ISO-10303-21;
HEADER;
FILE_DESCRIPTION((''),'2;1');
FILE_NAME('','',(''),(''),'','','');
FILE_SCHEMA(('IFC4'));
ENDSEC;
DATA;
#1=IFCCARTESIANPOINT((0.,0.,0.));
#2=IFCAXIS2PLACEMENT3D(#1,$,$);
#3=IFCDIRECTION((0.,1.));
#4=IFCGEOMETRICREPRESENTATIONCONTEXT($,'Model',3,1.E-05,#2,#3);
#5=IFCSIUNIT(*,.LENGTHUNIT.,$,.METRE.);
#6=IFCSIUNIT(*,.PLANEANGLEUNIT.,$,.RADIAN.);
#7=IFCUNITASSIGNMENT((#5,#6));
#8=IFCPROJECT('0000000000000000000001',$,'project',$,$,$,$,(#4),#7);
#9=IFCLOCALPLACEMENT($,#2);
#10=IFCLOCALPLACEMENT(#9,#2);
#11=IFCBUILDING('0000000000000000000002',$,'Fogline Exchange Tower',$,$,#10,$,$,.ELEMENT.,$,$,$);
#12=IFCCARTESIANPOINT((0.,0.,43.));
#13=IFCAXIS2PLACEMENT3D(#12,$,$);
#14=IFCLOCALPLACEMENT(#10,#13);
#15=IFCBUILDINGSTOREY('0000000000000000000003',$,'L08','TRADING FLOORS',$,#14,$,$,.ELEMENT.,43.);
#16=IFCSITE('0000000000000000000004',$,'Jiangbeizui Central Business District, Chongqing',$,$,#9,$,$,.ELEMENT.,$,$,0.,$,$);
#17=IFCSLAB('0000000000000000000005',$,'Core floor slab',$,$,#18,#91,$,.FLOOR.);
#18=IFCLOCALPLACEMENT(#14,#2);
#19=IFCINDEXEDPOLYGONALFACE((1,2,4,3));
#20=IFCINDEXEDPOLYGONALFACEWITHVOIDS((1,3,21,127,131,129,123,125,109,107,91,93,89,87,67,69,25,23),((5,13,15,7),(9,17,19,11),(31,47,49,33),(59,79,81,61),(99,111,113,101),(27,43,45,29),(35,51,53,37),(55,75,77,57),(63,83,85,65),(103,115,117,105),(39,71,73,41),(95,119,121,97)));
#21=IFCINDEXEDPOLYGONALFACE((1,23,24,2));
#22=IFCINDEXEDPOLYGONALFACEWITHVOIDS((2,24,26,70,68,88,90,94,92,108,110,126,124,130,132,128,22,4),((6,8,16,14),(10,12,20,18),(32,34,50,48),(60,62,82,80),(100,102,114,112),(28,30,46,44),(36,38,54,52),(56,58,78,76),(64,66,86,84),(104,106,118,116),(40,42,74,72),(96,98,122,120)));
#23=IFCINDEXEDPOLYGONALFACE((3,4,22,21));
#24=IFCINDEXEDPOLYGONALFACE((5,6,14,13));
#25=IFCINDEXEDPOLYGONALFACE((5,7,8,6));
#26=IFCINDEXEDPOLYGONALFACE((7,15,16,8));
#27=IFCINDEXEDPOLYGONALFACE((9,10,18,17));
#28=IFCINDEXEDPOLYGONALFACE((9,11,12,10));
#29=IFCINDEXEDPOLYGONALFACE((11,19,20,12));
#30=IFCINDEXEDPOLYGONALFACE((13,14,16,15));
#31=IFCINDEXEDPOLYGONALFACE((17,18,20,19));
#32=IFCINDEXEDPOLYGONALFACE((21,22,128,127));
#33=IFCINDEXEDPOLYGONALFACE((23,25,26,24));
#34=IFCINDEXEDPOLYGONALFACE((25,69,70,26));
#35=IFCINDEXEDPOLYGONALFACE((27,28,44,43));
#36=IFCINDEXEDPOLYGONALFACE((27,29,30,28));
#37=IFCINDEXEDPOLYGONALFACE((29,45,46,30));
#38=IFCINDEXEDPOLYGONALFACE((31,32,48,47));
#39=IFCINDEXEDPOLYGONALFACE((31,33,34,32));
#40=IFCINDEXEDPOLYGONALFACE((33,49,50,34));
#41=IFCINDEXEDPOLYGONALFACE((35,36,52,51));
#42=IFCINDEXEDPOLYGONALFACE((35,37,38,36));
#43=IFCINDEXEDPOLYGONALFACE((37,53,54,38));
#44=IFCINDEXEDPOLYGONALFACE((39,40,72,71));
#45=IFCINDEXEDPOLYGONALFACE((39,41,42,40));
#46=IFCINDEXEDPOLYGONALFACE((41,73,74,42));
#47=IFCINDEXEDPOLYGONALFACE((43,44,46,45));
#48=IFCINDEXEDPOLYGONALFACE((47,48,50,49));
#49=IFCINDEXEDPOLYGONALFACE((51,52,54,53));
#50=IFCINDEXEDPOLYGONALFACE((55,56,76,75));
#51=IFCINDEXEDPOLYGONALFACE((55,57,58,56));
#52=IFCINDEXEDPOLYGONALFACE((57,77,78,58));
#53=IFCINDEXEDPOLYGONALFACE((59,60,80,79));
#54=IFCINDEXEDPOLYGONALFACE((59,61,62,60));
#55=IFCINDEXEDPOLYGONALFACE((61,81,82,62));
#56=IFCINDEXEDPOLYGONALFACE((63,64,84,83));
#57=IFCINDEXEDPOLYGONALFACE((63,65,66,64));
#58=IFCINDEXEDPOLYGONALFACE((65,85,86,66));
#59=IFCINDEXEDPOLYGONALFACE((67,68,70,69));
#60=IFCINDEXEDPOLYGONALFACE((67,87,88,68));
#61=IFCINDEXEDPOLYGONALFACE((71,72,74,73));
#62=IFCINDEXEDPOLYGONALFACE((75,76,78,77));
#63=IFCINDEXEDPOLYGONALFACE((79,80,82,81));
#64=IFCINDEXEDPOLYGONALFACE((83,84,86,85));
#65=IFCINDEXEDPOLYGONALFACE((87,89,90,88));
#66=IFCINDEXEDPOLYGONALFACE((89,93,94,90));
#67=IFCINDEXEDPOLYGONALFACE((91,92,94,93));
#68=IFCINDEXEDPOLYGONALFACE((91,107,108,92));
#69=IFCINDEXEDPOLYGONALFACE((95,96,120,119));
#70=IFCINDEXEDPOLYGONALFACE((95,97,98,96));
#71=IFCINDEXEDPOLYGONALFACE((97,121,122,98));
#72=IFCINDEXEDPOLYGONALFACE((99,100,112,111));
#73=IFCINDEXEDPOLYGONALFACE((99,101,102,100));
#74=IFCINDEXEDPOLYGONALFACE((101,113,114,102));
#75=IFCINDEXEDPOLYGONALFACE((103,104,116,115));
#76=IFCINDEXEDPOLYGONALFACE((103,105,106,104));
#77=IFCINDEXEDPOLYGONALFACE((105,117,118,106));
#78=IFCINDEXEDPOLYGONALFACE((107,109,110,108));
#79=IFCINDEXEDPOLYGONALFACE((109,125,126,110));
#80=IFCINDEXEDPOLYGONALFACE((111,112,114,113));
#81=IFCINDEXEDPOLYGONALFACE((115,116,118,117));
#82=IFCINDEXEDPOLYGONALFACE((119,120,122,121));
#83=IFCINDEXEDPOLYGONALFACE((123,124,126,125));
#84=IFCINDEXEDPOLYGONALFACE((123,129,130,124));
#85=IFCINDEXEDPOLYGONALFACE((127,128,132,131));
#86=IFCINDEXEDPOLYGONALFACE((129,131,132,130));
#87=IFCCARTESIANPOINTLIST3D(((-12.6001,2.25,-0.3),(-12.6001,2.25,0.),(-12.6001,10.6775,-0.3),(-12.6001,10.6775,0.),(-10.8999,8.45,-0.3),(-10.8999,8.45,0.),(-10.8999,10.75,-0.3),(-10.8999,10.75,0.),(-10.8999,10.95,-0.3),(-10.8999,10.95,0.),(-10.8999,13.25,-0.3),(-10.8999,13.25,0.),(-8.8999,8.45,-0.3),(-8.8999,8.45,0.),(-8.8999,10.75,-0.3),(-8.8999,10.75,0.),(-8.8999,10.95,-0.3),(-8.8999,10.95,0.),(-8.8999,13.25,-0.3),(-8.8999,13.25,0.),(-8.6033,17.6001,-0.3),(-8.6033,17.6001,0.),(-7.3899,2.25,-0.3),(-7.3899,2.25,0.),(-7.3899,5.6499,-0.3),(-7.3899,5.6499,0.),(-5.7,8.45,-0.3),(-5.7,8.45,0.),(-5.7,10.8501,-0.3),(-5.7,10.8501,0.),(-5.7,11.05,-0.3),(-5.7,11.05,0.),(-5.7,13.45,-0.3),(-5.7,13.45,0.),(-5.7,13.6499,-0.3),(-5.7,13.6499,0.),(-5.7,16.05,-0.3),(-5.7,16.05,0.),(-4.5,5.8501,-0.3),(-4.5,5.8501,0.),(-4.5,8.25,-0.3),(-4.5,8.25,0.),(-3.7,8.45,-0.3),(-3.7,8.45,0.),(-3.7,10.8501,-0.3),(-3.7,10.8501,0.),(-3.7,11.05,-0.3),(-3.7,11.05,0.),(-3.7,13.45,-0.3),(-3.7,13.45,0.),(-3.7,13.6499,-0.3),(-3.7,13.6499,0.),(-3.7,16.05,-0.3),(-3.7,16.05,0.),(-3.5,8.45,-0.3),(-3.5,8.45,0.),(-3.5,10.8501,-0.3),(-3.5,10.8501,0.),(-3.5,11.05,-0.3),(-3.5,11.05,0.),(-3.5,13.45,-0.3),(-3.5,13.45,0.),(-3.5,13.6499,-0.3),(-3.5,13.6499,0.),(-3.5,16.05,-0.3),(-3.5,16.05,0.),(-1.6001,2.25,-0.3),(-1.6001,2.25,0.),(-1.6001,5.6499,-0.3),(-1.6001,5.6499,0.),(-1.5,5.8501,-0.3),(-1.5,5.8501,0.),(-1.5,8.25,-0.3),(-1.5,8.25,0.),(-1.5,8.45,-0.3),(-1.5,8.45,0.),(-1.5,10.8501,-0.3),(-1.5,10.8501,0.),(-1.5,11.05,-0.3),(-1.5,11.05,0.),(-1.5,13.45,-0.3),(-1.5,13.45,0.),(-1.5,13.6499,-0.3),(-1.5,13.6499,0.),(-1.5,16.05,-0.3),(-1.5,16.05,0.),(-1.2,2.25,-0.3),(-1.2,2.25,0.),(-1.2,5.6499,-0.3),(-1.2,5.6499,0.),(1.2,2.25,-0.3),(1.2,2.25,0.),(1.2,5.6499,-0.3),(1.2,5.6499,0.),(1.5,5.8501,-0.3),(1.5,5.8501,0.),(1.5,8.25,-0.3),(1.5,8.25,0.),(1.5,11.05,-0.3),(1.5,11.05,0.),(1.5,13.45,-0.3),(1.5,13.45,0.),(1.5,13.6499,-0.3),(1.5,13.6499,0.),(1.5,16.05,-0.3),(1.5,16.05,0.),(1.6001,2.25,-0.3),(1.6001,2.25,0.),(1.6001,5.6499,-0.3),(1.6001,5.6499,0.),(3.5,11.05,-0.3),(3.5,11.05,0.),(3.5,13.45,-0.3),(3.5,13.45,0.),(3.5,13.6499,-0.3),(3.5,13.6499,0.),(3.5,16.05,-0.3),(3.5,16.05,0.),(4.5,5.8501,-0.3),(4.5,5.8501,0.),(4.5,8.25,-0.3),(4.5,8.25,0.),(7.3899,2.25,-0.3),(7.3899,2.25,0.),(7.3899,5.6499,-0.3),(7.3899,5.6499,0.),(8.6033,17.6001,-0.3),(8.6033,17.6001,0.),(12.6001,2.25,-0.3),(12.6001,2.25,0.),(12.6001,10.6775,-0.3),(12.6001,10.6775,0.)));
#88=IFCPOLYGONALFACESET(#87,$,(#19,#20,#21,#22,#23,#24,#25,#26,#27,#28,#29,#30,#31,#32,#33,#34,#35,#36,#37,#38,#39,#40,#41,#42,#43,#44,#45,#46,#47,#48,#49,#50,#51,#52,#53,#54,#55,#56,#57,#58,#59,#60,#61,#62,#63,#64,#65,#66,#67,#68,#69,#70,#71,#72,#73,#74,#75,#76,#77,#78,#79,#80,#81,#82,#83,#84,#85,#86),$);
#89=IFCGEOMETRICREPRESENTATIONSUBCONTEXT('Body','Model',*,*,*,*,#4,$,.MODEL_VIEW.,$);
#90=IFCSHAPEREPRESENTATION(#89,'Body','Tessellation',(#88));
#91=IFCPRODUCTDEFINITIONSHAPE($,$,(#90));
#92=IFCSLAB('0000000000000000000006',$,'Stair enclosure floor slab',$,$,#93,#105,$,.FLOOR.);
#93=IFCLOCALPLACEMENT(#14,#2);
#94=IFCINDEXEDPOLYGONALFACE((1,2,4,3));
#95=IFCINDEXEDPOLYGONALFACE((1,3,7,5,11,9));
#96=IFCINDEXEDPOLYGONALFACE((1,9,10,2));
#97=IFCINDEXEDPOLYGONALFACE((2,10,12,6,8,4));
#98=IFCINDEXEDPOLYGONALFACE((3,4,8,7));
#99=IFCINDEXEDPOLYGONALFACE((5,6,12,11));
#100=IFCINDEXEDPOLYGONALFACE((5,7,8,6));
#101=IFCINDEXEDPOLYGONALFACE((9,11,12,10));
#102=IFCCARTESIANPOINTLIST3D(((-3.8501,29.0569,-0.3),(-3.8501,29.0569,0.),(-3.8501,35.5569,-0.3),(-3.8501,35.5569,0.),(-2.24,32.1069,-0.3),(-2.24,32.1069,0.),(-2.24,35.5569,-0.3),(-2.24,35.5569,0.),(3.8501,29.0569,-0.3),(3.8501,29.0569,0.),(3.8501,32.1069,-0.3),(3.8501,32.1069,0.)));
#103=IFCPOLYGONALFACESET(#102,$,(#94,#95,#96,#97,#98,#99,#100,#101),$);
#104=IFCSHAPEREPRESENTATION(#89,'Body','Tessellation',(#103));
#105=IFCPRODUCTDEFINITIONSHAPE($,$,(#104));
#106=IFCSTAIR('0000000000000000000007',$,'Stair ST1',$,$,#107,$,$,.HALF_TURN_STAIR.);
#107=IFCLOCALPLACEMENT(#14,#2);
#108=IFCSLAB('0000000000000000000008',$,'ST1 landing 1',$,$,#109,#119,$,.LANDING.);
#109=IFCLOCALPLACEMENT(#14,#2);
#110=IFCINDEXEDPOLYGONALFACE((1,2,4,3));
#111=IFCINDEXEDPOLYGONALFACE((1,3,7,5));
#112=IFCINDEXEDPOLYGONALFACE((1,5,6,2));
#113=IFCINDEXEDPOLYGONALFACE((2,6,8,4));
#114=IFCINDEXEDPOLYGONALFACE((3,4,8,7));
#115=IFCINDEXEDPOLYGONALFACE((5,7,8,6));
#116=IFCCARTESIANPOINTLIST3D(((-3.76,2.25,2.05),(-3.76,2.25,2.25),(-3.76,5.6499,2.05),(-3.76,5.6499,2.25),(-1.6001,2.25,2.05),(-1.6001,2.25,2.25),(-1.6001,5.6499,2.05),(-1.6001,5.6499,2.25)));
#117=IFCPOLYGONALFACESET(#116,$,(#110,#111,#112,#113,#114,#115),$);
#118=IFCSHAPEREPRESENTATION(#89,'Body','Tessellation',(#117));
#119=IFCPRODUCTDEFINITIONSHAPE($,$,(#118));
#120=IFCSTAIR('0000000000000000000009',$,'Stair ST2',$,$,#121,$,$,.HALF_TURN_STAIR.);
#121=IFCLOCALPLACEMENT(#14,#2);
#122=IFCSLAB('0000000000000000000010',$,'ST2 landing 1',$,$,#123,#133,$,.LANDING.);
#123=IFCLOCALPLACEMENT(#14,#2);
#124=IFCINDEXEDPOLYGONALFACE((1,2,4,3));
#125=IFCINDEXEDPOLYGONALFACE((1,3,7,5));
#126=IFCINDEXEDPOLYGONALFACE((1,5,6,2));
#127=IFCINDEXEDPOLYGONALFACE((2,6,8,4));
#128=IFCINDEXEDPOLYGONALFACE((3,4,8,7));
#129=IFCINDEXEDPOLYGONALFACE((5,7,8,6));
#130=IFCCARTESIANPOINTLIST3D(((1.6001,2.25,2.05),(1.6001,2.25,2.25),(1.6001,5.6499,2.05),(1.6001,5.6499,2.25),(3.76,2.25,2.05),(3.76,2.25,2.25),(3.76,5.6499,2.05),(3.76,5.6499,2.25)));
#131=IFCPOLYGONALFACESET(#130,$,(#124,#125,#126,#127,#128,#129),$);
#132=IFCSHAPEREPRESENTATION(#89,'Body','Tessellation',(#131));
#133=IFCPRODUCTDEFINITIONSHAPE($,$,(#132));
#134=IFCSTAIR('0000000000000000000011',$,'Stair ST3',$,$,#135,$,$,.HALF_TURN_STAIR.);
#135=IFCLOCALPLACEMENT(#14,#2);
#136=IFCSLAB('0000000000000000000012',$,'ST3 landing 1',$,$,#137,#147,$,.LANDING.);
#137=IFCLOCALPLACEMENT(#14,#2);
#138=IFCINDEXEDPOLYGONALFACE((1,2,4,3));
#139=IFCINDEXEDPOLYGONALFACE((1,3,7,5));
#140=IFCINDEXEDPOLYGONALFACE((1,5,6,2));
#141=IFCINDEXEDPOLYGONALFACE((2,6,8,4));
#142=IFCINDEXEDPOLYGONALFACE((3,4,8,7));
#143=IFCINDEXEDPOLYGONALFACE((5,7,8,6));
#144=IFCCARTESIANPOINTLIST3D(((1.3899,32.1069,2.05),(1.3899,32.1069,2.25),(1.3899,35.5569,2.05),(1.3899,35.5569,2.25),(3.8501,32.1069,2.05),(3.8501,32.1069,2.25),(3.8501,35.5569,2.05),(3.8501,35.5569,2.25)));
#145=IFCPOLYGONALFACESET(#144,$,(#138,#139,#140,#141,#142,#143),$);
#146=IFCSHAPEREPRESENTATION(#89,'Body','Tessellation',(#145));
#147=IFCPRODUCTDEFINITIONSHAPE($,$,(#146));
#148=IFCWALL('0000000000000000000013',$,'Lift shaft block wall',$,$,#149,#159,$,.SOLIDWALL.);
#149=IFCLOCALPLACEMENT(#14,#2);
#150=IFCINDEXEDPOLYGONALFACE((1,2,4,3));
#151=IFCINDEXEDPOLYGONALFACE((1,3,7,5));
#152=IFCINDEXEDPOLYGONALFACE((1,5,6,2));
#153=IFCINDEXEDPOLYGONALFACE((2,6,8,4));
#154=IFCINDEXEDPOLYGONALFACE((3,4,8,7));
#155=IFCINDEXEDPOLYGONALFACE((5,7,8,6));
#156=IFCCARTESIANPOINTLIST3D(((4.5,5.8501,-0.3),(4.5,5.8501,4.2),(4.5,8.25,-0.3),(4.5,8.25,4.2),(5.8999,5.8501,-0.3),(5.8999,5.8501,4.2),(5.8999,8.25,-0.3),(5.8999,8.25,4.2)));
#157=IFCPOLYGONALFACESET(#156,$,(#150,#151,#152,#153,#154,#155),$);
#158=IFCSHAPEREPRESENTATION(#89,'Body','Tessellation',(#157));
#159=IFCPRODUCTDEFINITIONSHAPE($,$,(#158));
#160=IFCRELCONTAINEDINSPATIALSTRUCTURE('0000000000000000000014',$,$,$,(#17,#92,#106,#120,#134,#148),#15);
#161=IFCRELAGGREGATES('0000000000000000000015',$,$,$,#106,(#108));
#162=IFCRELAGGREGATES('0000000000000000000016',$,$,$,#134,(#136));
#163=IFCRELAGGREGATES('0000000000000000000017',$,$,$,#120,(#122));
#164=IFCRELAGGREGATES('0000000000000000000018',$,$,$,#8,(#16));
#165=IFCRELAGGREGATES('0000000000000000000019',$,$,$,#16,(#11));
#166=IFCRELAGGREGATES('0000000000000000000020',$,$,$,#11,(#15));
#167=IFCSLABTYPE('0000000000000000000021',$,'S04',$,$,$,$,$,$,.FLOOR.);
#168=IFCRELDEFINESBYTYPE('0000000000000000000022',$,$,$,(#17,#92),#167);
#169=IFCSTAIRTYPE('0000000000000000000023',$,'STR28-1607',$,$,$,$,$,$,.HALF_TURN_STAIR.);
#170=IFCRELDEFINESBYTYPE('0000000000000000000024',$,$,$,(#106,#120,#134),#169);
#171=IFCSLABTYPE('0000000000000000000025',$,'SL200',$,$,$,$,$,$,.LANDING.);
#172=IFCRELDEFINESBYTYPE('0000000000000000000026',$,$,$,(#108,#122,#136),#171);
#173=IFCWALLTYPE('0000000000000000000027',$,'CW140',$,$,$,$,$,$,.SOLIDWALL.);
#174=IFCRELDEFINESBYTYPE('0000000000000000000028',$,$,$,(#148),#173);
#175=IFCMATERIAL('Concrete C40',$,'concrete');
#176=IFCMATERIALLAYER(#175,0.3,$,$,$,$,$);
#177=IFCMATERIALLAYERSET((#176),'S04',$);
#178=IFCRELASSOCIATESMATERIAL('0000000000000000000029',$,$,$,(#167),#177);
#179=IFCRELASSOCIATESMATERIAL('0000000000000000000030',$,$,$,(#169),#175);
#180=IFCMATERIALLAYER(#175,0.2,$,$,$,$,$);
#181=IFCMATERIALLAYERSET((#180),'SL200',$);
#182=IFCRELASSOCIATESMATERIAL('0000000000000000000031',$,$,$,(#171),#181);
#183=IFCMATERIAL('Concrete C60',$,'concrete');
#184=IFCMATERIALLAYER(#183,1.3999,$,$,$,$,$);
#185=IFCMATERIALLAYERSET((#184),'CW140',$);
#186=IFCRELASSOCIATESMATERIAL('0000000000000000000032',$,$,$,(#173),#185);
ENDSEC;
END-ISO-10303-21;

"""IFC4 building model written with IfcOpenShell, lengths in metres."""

from ifc_helpers import new_model, si_unit, direction, frame, frame_2d, origin, place, context, subcontext, project, spatial, polyline, rectangle, outline, extrude, material, layer, layer_set, type_object, element, aggregate, save


model = new_model("IFC4")

# Units and contexts
model_context = context("Model", 3, precision=1e-05, world=origin(), true_north=direction((0.0, 1.0)))
body_context = subcontext(model_context, "Body", "Model", "MODEL_VIEW")
ifc_project = project(units=[si_unit("LENGTHUNIT", "METRE"), si_unit("PLANEANGLEUNIT", "RADIAN")], contexts=[model_context])

# Site, building, storey
site_placement = place(None, origin())
site = spatial("IfcSite", under=ifc_project, at=site_placement, Name="Jiangbeizui Central Business District, Chongqing", CompositionType="ELEMENT", RefElevation=0.0)
building_placement = place(site_placement, origin())
building = spatial("IfcBuilding", under=site, at=building_placement, Name="Fogline Exchange Tower", CompositionType="ELEMENT")
storey_placement = place(building_placement, frame((0.0, 0.0, 43.0)))
storey = spatial("IfcBuildingStorey", under=building, at=storey_placement, Name="L08", Description="TRADING FLOORS", CompositionType="ELEMENT", Elevation=43.0)

# Slabs
ifc_material_1 = material(Name="Concrete C40", Category="concrete")
ifc_layer_1 = layer(ifc_material_1, 0.3)
ifc_layer_set_1 = layer_set([ifc_layer_1], Name="S04")
slab_type_1 = type_object("IfcSlabType", Name="S04", PredefinedType="FLOOR", material=ifc_layer_set_1)
slab_1_placement = place(storey_placement, frame((0.0, 0.0, -0.3)))
element("IfcSlab", 1, at=slab_1_placement, inside=storey, type_object=slab_type_1, Name="Core floor slab", PredefinedType="FLOOR", context=body_context, shape_type="SweptSolid", body=[
    extrude(outline(polyline([(-12.6001, 2.25), (-12.6001, 10.6775), (-8.6033, 17.6001), (8.6033, 17.6001), (12.6001, 10.6775), (12.6001, 2.25), (7.3899, 2.25), (7.3899, 5.6499), (1.6001, 5.6499), (1.6001, 2.25), (1.2, 2.25), (1.2, 5.6499), (-1.2, 5.6499), (-1.2, 2.25), (-1.6001, 2.25), (-1.6001, 5.6499), (-7.3899, 5.6499), (-7.3899, 2.25), (-12.6001, 2.25)]), holes=[polyline([(-1.5, 8.25), (-4.5, 8.25), (-4.5, 5.8501), (-1.5, 5.8501), (-1.5, 8.25)]), polyline([(-8.8999, 10.75), (-10.8999, 10.75), (-10.8999, 8.45), (-8.8999, 8.45), (-8.8999, 10.75)]), polyline([(-3.7, 10.8501), (-5.7, 10.8501), (-5.7, 8.45), (-3.7, 8.45), (-3.7, 10.8501)]), polyline([(-1.5, 10.8501), (-3.5, 10.8501), (-3.5, 8.45), (-1.5, 8.45), (-1.5, 10.8501)]), polyline([(-8.8999, 13.25), (-10.8999, 13.25), (-10.8999, 10.95), (-8.8999, 10.95), (-8.8999, 13.25)]), polyline([(-3.7, 13.45), (-5.7, 13.45), (-5.7, 11.05), (-3.7, 11.05), (-3.7, 13.45)]), polyline([(-3.7, 16.05), (-5.7, 16.05), (-5.7, 13.6499), (-3.7, 13.6499), (-3.7, 16.05)]), polyline([(4.5, 8.25), (1.5, 8.25), (1.5, 5.8501), (4.5, 5.8501), (4.5, 8.25)]), polyline([(-1.5, 13.45), (-3.5, 13.45), (-3.5, 11.05), (-1.5, 11.05), (-1.5, 13.45)]), polyline([(3.5, 13.45), (1.5, 13.45), (1.5, 11.05), (3.5, 11.05), (3.5, 13.45)]), polyline([(-1.5, 16.05), (-3.5, 16.05), (-3.5, 13.6499), (-1.5, 13.6499), (-1.5, 16.05)]), polyline([(3.5, 16.05), (1.5, 16.05), (1.5, 13.6499), (3.5, 13.6499), (3.5, 16.05)])]), origin(), (0.0, 0.0, 1.0), 0.3),
])
slab_2_placement = place(storey_placement, frame((0.0, 0.0, -0.3)))
element("IfcSlab", 2, at=slab_2_placement, inside=storey, type_object=slab_type_1, Name="Stair enclosure floor slab", PredefinedType="FLOOR", context=body_context, shape_type="SweptSolid", body=[
    extrude(outline(polyline([(3.8501, 29.0569), (-3.8501, 29.0569), (-3.8501, 35.5569), (-2.24, 35.5569), (-2.24, 32.1069), (3.8501, 32.1069), (3.8501, 29.0569)])), origin(), (0.0, 0.0, 1.0), 0.3),
])

# Stairs, slabs
stair_type = type_object("IfcStairType", Name="STR28-1607", PredefinedType="HALF_TURN_STAIR", material=ifc_material_1)
stair_1_placement = place(storey_placement, origin())
stair_1 = element("IfcStair", 3, at=stair_1_placement, inside=storey, type_object=stair_type, Name="Stair ST1", PredefinedType="HALF_TURN_STAIR")
ifc_layer_2 = layer(ifc_material_1, 0.2)
ifc_layer_set_2 = layer_set([ifc_layer_2], Name="SL200")
slab_type_2 = type_object("IfcSlabType", Name="SL200", PredefinedType="LANDING", material=ifc_layer_set_2)
slab_3_placement = place(storey_placement, frame((0.0, 0.0, 2.05)))
slab_3 = element("IfcSlab", 4, at=slab_3_placement, type_object=slab_type_2, Name="ST1 landing 1", PredefinedType="LANDING", context=body_context, shape_type="SweptSolid", body=[
    extrude(outline(polyline([(-3.76, 2.25), (-1.6001, 2.25), (-1.6001, 5.6499), (-3.76, 5.6499), (-3.76, 2.25)])), origin(), (0.0, 0.0, 1.0), 0.2),
])
aggregate(stair_1, [slab_3])
stair_2_placement = place(storey_placement, origin())
stair_2 = element("IfcStair", 5, at=stair_2_placement, inside=storey, type_object=stair_type, Name="Stair ST2", PredefinedType="HALF_TURN_STAIR")
slab_4_placement = place(storey_placement, frame((0.0, 0.0, 2.05)))
slab_4 = element("IfcSlab", 6, at=slab_4_placement, type_object=slab_type_2, Name="ST2 landing 1", PredefinedType="LANDING", context=body_context, shape_type="SweptSolid", body=[
    extrude(outline(polyline([(1.6001, 2.25), (3.76, 2.25), (3.76, 5.6499), (1.6001, 5.6499), (1.6001, 2.25)])), origin(), (0.0, 0.0, 1.0), 0.2),
])
stair_3_placement = place(storey_placement, origin())
stair_3 = element("IfcStair", 7, at=stair_3_placement, inside=storey, type_object=stair_type, Name="Stair ST3", PredefinedType="HALF_TURN_STAIR")
slab_5_placement = place(storey_placement, frame((0.0, 0.0, 2.05)))
slab_5 = element("IfcSlab", 8, at=slab_5_placement, type_object=slab_type_2, Name="ST3 landing 1", PredefinedType="LANDING", context=body_context, shape_type="SweptSolid", body=[
    extrude(outline(polyline([(1.3899, 32.1069), (3.8501, 32.1069), (3.8501, 35.5569), (1.3899, 35.5569), (1.3899, 32.1069)])), origin(), (0.0, 0.0, 1.0), 0.2),
])
aggregate(stair_3, [slab_5])

# Wall
ifc_material_2 = material(Name="Concrete C60", Category="concrete")
ifc_layer_3 = layer(ifc_material_2, 1.3999)
ifc_layer_set_3 = layer_set([ifc_layer_3], Name="CW140")
wall_type_1 = type_object("IfcWallType", Name="CW140", PredefinedType="SOLIDWALL", material=ifc_layer_set_3)
wall_1_placement = place(storey_placement, frame((5.2, 5.8501, -0.3), z_axis=(0.0, 0.0, 1.0), x_axis=(0.0, 1.0, 0.0)))
element("IfcWall", 9, at=wall_1_placement, inside=storey, type_object=wall_type_1, Name="Lift shaft block wall", PredefinedType="SOLIDWALL", context=body_context, shape_type="SweptSolid", body=[
    extrude(rectangle(XDim=2.3999, YDim=1.3999, at=frame_2d((1.2, 0.0))), origin(), (0.0, 0.0, 1.0), 4.5),
])

aggregate(stair_2, [slab_4])

save(model, "model.ifc")
